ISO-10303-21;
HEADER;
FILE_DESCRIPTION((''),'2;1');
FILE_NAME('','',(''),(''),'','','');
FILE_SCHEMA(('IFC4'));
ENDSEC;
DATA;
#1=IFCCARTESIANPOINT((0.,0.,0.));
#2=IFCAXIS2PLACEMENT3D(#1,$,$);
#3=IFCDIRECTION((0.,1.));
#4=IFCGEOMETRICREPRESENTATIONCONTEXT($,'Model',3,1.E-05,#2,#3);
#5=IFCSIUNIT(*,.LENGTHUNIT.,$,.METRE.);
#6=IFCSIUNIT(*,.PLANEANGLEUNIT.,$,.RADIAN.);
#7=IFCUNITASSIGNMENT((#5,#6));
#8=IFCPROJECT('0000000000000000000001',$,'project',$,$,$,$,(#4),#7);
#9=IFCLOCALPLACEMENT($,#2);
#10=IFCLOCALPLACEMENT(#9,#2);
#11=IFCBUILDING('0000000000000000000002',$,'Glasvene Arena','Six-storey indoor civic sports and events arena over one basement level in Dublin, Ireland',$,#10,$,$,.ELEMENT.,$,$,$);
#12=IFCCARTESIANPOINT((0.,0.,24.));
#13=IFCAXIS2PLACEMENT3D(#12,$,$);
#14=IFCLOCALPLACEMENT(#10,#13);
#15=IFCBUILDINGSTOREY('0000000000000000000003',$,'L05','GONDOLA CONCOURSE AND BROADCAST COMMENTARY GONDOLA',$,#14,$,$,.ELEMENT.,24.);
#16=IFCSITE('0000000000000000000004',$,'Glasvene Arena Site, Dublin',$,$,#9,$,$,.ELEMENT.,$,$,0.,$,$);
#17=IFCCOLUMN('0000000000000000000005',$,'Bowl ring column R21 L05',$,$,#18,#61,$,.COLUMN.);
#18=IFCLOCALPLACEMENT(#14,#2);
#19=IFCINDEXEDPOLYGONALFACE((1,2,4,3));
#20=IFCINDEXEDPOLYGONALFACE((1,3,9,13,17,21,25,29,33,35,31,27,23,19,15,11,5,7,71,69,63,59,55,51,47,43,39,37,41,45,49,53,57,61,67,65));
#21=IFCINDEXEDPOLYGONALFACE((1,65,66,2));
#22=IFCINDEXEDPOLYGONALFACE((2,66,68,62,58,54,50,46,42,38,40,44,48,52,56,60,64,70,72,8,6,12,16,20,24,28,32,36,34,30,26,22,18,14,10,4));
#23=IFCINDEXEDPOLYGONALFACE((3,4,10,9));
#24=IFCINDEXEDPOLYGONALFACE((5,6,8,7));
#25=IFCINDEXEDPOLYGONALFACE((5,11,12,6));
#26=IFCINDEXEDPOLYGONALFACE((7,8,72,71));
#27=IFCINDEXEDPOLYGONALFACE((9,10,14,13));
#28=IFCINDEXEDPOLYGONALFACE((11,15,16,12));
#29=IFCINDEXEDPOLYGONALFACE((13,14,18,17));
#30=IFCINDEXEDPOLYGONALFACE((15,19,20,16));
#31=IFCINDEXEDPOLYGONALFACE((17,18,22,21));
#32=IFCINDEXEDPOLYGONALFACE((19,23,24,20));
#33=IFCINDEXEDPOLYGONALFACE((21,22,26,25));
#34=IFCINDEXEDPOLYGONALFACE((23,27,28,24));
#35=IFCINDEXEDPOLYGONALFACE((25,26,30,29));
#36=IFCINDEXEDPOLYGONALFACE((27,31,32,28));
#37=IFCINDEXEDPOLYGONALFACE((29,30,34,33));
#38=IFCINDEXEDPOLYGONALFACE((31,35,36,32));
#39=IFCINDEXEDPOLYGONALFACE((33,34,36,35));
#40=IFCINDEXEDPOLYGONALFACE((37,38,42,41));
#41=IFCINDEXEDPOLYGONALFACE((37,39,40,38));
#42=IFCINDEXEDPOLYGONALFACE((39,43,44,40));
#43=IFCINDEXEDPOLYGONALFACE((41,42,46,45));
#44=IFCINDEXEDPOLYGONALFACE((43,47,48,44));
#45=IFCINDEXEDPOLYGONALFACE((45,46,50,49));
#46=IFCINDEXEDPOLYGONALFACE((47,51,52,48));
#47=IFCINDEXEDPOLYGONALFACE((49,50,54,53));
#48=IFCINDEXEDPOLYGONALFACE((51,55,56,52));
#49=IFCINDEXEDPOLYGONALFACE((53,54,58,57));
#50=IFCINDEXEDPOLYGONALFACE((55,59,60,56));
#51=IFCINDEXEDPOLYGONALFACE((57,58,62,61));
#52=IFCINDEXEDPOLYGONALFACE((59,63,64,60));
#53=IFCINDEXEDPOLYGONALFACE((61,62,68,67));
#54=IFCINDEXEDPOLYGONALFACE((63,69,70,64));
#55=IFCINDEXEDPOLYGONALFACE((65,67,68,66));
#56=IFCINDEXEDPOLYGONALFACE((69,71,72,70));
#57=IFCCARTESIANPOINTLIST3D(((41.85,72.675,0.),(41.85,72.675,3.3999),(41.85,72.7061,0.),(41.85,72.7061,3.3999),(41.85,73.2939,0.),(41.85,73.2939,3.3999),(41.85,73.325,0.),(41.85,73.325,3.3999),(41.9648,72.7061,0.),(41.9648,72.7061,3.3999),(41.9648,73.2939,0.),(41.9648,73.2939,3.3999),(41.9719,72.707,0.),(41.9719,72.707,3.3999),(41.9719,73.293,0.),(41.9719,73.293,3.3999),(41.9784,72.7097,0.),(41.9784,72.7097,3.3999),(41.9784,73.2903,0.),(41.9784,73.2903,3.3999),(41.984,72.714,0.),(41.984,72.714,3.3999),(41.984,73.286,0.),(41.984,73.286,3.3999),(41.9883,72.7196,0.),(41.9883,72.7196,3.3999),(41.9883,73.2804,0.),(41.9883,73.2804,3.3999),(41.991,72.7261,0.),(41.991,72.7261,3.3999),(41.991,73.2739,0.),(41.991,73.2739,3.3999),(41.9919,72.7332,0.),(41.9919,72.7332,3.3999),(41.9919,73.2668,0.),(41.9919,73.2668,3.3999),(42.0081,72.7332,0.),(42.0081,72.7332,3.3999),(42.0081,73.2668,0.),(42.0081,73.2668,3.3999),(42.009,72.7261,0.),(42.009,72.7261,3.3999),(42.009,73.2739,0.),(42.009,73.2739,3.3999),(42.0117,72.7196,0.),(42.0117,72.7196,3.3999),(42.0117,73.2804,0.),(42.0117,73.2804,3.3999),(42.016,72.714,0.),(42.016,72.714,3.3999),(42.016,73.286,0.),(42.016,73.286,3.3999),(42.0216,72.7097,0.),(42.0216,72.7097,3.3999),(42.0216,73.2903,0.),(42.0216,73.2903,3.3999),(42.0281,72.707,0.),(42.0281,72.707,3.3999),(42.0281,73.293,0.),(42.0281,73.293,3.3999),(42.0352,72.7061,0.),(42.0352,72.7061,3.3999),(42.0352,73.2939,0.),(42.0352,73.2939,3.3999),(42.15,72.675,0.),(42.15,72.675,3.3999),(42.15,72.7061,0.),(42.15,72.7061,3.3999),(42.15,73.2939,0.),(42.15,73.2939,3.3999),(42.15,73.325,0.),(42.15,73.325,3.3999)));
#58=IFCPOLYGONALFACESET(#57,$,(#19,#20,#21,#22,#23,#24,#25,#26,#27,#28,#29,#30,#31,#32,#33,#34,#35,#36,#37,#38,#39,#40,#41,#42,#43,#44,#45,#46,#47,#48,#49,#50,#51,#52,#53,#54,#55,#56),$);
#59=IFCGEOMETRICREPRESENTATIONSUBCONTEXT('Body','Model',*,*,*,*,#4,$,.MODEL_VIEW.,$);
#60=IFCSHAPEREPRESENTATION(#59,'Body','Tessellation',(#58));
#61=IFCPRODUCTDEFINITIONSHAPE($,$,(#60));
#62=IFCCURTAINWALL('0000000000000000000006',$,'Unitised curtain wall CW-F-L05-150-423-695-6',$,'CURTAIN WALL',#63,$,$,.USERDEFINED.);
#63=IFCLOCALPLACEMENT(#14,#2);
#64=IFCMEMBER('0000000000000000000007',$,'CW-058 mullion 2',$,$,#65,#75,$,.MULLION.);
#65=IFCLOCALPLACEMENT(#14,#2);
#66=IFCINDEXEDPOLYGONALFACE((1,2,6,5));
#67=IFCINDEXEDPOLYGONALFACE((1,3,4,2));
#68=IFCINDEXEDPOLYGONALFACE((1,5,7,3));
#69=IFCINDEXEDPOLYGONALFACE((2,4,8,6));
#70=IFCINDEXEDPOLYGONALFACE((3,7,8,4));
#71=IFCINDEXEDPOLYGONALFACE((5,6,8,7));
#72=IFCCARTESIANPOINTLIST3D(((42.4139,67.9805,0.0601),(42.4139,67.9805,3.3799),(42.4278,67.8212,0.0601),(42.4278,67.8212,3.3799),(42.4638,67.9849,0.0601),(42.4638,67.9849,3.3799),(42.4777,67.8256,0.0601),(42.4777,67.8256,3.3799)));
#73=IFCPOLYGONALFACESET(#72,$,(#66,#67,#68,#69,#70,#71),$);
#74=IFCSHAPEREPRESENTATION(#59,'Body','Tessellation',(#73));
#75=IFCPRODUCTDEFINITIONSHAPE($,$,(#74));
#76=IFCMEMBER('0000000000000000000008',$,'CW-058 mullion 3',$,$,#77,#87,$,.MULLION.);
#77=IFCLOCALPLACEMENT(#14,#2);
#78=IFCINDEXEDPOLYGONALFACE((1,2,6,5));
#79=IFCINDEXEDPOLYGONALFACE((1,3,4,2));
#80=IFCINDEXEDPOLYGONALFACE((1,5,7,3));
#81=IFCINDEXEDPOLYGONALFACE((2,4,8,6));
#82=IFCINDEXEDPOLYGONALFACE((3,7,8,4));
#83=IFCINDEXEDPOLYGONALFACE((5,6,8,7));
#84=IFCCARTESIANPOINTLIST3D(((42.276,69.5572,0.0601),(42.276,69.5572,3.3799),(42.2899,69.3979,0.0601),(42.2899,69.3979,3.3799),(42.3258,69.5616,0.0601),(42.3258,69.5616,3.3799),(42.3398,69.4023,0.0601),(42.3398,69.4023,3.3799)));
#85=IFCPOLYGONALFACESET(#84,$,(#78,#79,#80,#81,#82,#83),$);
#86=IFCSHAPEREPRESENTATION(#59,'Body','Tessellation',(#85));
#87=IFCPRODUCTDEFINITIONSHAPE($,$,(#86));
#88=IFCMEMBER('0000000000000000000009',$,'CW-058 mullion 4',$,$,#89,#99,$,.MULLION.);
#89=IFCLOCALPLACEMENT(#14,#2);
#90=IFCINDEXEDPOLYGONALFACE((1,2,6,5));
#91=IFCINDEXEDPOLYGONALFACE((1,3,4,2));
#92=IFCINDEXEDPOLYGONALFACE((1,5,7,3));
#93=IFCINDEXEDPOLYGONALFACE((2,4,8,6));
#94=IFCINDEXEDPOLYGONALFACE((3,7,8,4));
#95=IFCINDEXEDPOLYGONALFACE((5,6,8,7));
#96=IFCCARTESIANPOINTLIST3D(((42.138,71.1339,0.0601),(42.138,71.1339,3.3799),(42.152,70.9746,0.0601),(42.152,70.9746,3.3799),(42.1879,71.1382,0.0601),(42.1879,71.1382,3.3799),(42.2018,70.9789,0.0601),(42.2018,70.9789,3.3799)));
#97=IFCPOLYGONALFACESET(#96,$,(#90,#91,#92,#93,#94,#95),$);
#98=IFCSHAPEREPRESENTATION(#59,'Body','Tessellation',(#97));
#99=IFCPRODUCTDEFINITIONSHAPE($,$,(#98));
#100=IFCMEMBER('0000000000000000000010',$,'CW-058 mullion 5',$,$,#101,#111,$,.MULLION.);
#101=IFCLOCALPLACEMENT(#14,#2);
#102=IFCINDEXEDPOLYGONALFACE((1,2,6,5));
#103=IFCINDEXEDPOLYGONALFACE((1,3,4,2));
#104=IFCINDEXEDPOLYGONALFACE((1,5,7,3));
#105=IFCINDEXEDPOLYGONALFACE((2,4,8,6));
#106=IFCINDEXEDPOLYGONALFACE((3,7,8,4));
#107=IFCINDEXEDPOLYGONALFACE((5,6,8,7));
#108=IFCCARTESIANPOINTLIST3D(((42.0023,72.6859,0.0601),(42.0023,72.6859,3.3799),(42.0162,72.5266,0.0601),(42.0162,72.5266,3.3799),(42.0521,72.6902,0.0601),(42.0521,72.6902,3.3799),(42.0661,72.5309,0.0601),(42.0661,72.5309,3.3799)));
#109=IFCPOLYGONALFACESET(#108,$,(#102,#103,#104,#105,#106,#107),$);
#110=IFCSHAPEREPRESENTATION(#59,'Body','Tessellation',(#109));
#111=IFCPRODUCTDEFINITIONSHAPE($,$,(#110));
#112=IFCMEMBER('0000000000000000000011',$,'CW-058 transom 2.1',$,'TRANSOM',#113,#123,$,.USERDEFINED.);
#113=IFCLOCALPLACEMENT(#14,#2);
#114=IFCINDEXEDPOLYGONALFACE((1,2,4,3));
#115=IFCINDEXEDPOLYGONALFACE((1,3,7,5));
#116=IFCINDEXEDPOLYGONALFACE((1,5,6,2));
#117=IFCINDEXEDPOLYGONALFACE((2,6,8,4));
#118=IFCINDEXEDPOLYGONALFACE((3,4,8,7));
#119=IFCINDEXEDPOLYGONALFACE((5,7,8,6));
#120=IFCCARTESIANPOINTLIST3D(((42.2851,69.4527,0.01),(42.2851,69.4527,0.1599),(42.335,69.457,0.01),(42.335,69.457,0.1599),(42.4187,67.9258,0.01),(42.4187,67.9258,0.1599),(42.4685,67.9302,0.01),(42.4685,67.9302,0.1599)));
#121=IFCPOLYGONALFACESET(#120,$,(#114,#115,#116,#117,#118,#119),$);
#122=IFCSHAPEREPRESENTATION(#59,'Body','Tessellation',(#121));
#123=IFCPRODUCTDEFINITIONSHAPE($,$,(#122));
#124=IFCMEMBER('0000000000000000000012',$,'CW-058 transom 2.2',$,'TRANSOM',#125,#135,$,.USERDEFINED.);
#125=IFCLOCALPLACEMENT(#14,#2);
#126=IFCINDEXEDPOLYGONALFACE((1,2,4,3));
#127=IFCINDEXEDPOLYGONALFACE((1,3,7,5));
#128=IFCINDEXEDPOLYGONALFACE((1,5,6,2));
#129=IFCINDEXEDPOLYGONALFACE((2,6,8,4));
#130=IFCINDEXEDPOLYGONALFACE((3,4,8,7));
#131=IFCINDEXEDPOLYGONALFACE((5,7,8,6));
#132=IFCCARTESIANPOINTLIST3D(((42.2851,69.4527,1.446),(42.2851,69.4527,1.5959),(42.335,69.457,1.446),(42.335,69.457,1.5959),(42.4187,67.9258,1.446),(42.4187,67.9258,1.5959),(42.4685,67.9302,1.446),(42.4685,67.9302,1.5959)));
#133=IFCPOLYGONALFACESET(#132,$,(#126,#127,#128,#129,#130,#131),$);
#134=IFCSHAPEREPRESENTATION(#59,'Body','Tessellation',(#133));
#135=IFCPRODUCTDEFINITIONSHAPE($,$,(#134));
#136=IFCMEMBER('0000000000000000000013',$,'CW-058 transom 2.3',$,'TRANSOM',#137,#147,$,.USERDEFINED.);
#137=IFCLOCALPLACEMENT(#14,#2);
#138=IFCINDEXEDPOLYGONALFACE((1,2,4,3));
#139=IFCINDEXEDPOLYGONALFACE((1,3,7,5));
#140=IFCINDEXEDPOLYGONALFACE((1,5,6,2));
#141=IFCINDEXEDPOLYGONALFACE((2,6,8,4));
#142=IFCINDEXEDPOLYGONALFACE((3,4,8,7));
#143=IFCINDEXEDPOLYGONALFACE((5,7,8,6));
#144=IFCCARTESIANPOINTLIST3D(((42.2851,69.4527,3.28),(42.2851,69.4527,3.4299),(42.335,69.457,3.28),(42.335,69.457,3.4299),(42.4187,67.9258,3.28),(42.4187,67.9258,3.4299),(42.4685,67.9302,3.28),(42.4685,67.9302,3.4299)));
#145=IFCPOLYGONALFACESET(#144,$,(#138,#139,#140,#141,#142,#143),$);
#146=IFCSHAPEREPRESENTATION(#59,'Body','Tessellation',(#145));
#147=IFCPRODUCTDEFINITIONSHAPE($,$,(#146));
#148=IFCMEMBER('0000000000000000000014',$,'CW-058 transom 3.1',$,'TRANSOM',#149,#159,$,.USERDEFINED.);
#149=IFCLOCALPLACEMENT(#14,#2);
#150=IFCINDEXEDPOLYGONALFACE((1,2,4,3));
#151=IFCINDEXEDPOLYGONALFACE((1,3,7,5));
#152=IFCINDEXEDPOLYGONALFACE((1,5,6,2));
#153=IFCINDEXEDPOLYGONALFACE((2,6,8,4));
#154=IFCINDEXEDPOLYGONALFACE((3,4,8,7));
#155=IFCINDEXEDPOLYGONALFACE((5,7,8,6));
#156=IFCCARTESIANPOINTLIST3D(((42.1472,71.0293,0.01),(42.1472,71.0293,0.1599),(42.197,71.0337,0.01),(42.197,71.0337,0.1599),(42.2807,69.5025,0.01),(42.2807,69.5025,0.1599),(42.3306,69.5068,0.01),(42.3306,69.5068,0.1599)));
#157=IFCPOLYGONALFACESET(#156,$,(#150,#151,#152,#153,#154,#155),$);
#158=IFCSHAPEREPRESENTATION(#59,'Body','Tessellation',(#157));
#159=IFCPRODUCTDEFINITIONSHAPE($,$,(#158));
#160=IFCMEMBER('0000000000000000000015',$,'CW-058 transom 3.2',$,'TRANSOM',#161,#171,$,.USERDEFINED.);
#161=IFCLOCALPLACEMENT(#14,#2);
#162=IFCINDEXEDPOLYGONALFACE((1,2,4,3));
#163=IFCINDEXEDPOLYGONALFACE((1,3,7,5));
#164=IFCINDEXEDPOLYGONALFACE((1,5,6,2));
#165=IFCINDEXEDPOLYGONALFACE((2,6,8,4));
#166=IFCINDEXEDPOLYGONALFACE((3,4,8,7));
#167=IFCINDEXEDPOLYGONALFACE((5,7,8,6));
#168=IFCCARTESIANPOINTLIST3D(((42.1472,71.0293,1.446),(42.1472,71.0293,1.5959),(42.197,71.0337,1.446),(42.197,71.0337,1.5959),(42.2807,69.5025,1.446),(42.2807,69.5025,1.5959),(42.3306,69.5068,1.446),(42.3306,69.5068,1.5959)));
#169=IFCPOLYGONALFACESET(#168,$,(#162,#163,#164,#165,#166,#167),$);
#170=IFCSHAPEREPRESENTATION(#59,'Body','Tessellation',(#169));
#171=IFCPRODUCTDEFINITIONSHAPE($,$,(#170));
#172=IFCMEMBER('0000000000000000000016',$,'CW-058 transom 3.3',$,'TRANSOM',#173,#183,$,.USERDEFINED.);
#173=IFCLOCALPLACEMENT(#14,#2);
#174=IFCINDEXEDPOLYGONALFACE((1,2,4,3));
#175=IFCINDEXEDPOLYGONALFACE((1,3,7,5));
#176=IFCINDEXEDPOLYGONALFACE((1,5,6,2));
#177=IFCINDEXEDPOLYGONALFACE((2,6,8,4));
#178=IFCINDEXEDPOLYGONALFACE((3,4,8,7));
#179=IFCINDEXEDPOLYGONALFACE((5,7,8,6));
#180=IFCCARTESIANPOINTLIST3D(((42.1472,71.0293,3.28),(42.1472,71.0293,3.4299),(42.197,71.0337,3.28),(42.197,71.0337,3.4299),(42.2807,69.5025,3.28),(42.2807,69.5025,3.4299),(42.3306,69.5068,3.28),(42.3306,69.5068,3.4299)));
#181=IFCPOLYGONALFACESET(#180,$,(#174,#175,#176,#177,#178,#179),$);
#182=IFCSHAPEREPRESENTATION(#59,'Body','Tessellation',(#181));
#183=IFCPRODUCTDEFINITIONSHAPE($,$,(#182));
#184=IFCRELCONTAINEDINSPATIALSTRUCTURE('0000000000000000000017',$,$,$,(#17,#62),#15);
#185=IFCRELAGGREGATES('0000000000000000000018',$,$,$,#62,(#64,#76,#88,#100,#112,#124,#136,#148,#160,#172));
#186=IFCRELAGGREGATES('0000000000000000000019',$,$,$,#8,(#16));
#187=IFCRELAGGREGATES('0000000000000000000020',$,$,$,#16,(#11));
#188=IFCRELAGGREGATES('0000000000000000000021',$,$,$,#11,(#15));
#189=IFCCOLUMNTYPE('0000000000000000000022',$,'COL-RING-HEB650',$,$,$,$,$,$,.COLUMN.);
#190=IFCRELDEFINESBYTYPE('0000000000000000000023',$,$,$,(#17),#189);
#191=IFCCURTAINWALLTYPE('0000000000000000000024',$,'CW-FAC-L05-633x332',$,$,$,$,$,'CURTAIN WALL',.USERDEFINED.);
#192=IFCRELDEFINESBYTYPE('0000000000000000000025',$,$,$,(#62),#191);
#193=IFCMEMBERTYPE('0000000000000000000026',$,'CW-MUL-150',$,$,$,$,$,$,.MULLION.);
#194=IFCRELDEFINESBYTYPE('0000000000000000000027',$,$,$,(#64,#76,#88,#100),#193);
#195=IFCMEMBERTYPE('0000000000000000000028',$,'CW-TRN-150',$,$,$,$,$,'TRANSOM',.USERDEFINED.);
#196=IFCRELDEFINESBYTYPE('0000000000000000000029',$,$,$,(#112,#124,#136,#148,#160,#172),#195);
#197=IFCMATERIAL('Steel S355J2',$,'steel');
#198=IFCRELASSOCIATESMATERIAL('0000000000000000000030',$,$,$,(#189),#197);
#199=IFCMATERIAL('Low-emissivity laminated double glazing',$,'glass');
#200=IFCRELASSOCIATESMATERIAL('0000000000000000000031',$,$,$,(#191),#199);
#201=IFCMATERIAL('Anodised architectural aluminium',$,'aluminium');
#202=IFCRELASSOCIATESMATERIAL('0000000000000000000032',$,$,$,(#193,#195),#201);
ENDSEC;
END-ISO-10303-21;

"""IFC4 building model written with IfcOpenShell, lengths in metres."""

from ifc_helpers import new_model, si_unit, direction, frame, origin, origin_2d, place, context, subcontext, project, spatial, rectangle, i_section, extrude, material, material_profile, profile_set, type_object, element, aggregate, save


model = new_model("IFC4")

# Units and contexts
model_context = context("Model", 3, precision=1e-05, world=origin(), true_north=direction((0.0, 1.0)))
body_context = subcontext(model_context, "Body", "Model", "MODEL_VIEW")
ifc_project = project(units=[si_unit("LENGTHUNIT", "METRE"), si_unit("PLANEANGLEUNIT", "RADIAN")], contexts=[model_context])

# Site, building, storey
site_placement = place(None, origin())
site = spatial("IfcSite", under=ifc_project, at=site_placement, Name="Glasvene Arena Site, Dublin", CompositionType="ELEMENT", RefElevation=0.0)
building_placement = place(site_placement, origin())
building = spatial("IfcBuilding", under=site, at=building_placement, Name="Glasvene Arena", Description="Six-storey indoor civic sports and events arena over one basement level in Dublin, Ireland", CompositionType="ELEMENT")
storey_placement = place(building_placement, frame((0.0, 0.0, 24.0)))
storey = spatial("IfcBuildingStorey", under=building, at=storey_placement, Name="L05", Description="GONDOLA CONCOURSE AND BROADCAST COMMENTARY GONDOLA", CompositionType="ELEMENT", Elevation=24.0)

# Column
ifc_material_1 = material(Name="Steel S355J2", Category="steel")
ifc_material_profile_1 = material_profile(ifc_material_1, i_section(OverallWidth=0.3, OverallDepth=0.6499, WebThickness=0.0161, FlangeThickness=0.031, FilletRadius=0.0271, at=origin_2d()), Name="HEB 650")
ifc_profile_set_1 = profile_set([ifc_material_profile_1], Name="Steel S355J2")
column_type = type_object("IfcColumnType", Name="COL-RING-HEB650", PredefinedType="COLUMN", material=ifc_profile_set_1)
column_placement = place(storey_placement, frame((42.0, 73.0, 0.0), z_axis=(0.0, 0.0, 1.0), x_axis=(-1.0, 0.0, 0.0)))
element("IfcColumn", 1, at=column_placement, inside=storey, type_object=column_type, Name="Bowl ring column R21 L05", PredefinedType="COLUMN", context=body_context, shape_type="SweptSolid", body=[
    extrude(i_section(OverallWidth=0.3, OverallDepth=0.6499, WebThickness=0.0161, FlangeThickness=0.031, FilletRadius=0.0271, at=origin_2d()), origin(), (0.0, 0.0, 1.0), 3.3999),
])

# Curtain wall, members
ifc_material_2 = material(Name="Low-emissivity laminated double glazing", Category="glass")
curtain_wall_type = type_object("IfcCurtainWallType", Name="CW-FAC-L05-633x332", ElementType="CURTAIN WALL", PredefinedType="USERDEFINED", material=ifc_material_2)
curtain_wall_placement = place(storey_placement, frame((42.5835, 66.3264, 0.0)))
curtain_wall = element("IfcCurtainWall", 2, at=curtain_wall_placement, inside=storey, type_object=curtain_wall_type, Name="Unitised curtain wall CW-F-L05-150-423-695-6", ObjectType="CURTAIN WALL", PredefinedType="USERDEFINED")
ifc_material_3 = material(Name="Anodised architectural aluminium", Category="aluminium")
ifc_material_profile_2 = material_profile(ifc_material_3, rectangle(XDim=0.05, YDim=0.1599, at=origin_2d()), Name="ALU MULLION 50x160")
ifc_profile_set_2 = profile_set([ifc_material_profile_2], Name="Anodised architectural aluminium")
member_type_1 = type_object("IfcMemberType", Name="CW-MUL-150", PredefinedType="MULLION", material=ifc_profile_set_2)
member_1_placement = place(storey_placement, frame((42.4458, 67.9031, 0.0601), z_axis=(0.0, 0.0, 1.0), x_axis=(-0.996198, -0.087113, 0.0)))
member_1 = element("IfcMember", 3, at=member_1_placement, type_object=member_type_1, Name="CW-058 mullion 2", PredefinedType="MULLION", context=body_context, shape_type="SweptSolid", body=[
    extrude(rectangle(XDim=0.05, YDim=0.1599, at=origin_2d()), origin(), (0.0, 0.0, 1.0), 3.3198),
])
member_2_placement = place(storey_placement, frame((42.3079, 69.4797, 0.0601), z_axis=(0.0, 0.0, 1.0), x_axis=(-0.996198, -0.087113, 0.0)))
member_2 = element("IfcMember", 4, at=member_2_placement, type_object=member_type_1, Name="CW-058 mullion 3", PredefinedType="MULLION", context=body_context, shape_type="SweptSolid", body=[
    extrude(rectangle(XDim=0.05, YDim=0.1599, at=origin_2d()), origin(), (0.0, 0.0, 1.0), 3.3198),
])
member_3_placement = place(storey_placement, frame((42.1699, 71.0564, 0.0601), z_axis=(0.0, 0.0, 1.0), x_axis=(-0.996198, -0.087113, 0.0)))
member_3 = element("IfcMember", 5, at=member_3_placement, type_object=member_type_1, Name="CW-058 mullion 4", PredefinedType="MULLION", context=body_context, shape_type="SweptSolid", body=[
    extrude(rectangle(XDim=0.05, YDim=0.1599, at=origin_2d()), origin(), (0.0, 0.0, 1.0), 3.3198),
])
member_4_placement = place(storey_placement, frame((42.0342, 72.6084, 0.0601), z_axis=(0.0, 0.0, 1.0), x_axis=(-0.996198, -0.087113, 0.0)))
member_4 = element("IfcMember", 6, at=member_4_placement, type_object=member_type_1, Name="CW-058 mullion 5", PredefinedType="MULLION", context=body_context, shape_type="SweptSolid", body=[
    extrude(rectangle(XDim=0.05, YDim=0.1599, at=origin_2d()), origin(), (0.0, 0.0, 1.0), 3.3198),
])
ifc_material_profile_3 = material_profile(ifc_material_3, rectangle(XDim=0.05, YDim=0.1499, at=origin_2d()), Name="ALU TRANSOM 50x150")
ifc_profile_set_3 = profile_set([ifc_material_profile_3], Name="Anodised architectural aluminium")
member_type_2 = type_object("IfcMemberType", Name="CW-TRN-150", ElementType="TRANSOM", PredefinedType="USERDEFINED", material=ifc_profile_set_3)
member_5_placement = place(storey_placement, frame((42.4436, 67.928, 0.085), z_axis=(-0.087131, 0.996197, 0.0), x_axis=(-0.996197, -0.087131, 0.0)))
member_5 = element("IfcMember", 7, at=member_5_placement, type_object=member_type_2, Name="CW-058 transom 2.1", ObjectType="TRANSOM", PredefinedType="USERDEFINED", context=body_context, shape_type="SweptSolid", body=[
    extrude(rectangle(XDim=0.05, YDim=0.1499, at=origin_2d()), origin(), (0.0, 0.0, 1.0), 1.5327),
])
member_6_placement = place(storey_placement, frame((42.4436, 67.928, 1.521), z_axis=(-0.087131, 0.996197, 0.0), x_axis=(-0.996197, -0.087131, 0.0)))
member_6 = element("IfcMember", 8, at=member_6_placement, type_object=member_type_2, Name="CW-058 transom 2.2", ObjectType="TRANSOM", PredefinedType="USERDEFINED", context=body_context, shape_type="SweptSolid", body=[
    extrude(rectangle(XDim=0.05, YDim=0.1499, at=origin_2d()), origin(), (0.0, 0.0, 1.0), 1.5327),
])
member_7_placement = place(storey_placement, frame((42.4436, 67.928, 3.355), z_axis=(-0.087131, 0.996197, 0.0), x_axis=(-0.996197, -0.087131, 0.0)))
member_7 = element("IfcMember", 9, at=member_7_placement, type_object=member_type_2, Name="CW-058 transom 2.3", ObjectType="TRANSOM", PredefinedType="USERDEFINED", context=body_context, shape_type="SweptSolid", body=[
    extrude(rectangle(XDim=0.05, YDim=0.1499, at=origin_2d()), origin(), (0.0, 0.0, 1.0), 1.5327),
])
member_8_placement = place(storey_placement, frame((42.3057, 69.5046, 0.085), z_axis=(-0.087131, 0.996197, 0.0), x_axis=(-0.996197, -0.087131, 0.0)))
member_8 = element("IfcMember", 10, at=member_8_placement, type_object=member_type_2, Name="CW-058 transom 3.1", ObjectType="TRANSOM", PredefinedType="USERDEFINED", context=body_context, shape_type="SweptSolid", body=[
    extrude(rectangle(XDim=0.05, YDim=0.1499, at=origin_2d()), origin(), (0.0, 0.0, 1.0), 1.5327),
])
member_9_placement = place(storey_placement, frame((42.3057, 69.5046, 1.521), z_axis=(-0.087131, 0.996197, 0.0), x_axis=(-0.996197, -0.087131, 0.0)))
member_9 = element("IfcMember", 11, at=member_9_placement, type_object=member_type_2, Name="CW-058 transom 3.2", ObjectType="TRANSOM", PredefinedType="USERDEFINED", context=body_context, shape_type="SweptSolid", body=[
    extrude(rectangle(XDim=0.05, YDim=0.1499, at=origin_2d()), origin(), (0.0, 0.0, 1.0), 1.5327),
])
member_10_placement = place(storey_placement, frame((42.3057, 69.5046, 3.355), z_axis=(-0.087131, 0.996197, 0.0), x_axis=(-0.996197, -0.087131, 0.0)))
member_10 = element("IfcMember", 12, at=member_10_placement, type_object=member_type_2, Name="CW-058 transom 3.3", ObjectType="TRANSOM", PredefinedType="USERDEFINED", context=body_context, shape_type="SweptSolid", body=[
    extrude(rectangle(XDim=0.05, YDim=0.1499, at=origin_2d()), origin(), (0.0, 0.0, 1.0), 1.5327),
])
aggregate(curtain_wall, [member_1, member_2, member_3, member_4, member_5, member_6, member_7, member_8, member_9, member_10])

save(model, "model.ifc")
